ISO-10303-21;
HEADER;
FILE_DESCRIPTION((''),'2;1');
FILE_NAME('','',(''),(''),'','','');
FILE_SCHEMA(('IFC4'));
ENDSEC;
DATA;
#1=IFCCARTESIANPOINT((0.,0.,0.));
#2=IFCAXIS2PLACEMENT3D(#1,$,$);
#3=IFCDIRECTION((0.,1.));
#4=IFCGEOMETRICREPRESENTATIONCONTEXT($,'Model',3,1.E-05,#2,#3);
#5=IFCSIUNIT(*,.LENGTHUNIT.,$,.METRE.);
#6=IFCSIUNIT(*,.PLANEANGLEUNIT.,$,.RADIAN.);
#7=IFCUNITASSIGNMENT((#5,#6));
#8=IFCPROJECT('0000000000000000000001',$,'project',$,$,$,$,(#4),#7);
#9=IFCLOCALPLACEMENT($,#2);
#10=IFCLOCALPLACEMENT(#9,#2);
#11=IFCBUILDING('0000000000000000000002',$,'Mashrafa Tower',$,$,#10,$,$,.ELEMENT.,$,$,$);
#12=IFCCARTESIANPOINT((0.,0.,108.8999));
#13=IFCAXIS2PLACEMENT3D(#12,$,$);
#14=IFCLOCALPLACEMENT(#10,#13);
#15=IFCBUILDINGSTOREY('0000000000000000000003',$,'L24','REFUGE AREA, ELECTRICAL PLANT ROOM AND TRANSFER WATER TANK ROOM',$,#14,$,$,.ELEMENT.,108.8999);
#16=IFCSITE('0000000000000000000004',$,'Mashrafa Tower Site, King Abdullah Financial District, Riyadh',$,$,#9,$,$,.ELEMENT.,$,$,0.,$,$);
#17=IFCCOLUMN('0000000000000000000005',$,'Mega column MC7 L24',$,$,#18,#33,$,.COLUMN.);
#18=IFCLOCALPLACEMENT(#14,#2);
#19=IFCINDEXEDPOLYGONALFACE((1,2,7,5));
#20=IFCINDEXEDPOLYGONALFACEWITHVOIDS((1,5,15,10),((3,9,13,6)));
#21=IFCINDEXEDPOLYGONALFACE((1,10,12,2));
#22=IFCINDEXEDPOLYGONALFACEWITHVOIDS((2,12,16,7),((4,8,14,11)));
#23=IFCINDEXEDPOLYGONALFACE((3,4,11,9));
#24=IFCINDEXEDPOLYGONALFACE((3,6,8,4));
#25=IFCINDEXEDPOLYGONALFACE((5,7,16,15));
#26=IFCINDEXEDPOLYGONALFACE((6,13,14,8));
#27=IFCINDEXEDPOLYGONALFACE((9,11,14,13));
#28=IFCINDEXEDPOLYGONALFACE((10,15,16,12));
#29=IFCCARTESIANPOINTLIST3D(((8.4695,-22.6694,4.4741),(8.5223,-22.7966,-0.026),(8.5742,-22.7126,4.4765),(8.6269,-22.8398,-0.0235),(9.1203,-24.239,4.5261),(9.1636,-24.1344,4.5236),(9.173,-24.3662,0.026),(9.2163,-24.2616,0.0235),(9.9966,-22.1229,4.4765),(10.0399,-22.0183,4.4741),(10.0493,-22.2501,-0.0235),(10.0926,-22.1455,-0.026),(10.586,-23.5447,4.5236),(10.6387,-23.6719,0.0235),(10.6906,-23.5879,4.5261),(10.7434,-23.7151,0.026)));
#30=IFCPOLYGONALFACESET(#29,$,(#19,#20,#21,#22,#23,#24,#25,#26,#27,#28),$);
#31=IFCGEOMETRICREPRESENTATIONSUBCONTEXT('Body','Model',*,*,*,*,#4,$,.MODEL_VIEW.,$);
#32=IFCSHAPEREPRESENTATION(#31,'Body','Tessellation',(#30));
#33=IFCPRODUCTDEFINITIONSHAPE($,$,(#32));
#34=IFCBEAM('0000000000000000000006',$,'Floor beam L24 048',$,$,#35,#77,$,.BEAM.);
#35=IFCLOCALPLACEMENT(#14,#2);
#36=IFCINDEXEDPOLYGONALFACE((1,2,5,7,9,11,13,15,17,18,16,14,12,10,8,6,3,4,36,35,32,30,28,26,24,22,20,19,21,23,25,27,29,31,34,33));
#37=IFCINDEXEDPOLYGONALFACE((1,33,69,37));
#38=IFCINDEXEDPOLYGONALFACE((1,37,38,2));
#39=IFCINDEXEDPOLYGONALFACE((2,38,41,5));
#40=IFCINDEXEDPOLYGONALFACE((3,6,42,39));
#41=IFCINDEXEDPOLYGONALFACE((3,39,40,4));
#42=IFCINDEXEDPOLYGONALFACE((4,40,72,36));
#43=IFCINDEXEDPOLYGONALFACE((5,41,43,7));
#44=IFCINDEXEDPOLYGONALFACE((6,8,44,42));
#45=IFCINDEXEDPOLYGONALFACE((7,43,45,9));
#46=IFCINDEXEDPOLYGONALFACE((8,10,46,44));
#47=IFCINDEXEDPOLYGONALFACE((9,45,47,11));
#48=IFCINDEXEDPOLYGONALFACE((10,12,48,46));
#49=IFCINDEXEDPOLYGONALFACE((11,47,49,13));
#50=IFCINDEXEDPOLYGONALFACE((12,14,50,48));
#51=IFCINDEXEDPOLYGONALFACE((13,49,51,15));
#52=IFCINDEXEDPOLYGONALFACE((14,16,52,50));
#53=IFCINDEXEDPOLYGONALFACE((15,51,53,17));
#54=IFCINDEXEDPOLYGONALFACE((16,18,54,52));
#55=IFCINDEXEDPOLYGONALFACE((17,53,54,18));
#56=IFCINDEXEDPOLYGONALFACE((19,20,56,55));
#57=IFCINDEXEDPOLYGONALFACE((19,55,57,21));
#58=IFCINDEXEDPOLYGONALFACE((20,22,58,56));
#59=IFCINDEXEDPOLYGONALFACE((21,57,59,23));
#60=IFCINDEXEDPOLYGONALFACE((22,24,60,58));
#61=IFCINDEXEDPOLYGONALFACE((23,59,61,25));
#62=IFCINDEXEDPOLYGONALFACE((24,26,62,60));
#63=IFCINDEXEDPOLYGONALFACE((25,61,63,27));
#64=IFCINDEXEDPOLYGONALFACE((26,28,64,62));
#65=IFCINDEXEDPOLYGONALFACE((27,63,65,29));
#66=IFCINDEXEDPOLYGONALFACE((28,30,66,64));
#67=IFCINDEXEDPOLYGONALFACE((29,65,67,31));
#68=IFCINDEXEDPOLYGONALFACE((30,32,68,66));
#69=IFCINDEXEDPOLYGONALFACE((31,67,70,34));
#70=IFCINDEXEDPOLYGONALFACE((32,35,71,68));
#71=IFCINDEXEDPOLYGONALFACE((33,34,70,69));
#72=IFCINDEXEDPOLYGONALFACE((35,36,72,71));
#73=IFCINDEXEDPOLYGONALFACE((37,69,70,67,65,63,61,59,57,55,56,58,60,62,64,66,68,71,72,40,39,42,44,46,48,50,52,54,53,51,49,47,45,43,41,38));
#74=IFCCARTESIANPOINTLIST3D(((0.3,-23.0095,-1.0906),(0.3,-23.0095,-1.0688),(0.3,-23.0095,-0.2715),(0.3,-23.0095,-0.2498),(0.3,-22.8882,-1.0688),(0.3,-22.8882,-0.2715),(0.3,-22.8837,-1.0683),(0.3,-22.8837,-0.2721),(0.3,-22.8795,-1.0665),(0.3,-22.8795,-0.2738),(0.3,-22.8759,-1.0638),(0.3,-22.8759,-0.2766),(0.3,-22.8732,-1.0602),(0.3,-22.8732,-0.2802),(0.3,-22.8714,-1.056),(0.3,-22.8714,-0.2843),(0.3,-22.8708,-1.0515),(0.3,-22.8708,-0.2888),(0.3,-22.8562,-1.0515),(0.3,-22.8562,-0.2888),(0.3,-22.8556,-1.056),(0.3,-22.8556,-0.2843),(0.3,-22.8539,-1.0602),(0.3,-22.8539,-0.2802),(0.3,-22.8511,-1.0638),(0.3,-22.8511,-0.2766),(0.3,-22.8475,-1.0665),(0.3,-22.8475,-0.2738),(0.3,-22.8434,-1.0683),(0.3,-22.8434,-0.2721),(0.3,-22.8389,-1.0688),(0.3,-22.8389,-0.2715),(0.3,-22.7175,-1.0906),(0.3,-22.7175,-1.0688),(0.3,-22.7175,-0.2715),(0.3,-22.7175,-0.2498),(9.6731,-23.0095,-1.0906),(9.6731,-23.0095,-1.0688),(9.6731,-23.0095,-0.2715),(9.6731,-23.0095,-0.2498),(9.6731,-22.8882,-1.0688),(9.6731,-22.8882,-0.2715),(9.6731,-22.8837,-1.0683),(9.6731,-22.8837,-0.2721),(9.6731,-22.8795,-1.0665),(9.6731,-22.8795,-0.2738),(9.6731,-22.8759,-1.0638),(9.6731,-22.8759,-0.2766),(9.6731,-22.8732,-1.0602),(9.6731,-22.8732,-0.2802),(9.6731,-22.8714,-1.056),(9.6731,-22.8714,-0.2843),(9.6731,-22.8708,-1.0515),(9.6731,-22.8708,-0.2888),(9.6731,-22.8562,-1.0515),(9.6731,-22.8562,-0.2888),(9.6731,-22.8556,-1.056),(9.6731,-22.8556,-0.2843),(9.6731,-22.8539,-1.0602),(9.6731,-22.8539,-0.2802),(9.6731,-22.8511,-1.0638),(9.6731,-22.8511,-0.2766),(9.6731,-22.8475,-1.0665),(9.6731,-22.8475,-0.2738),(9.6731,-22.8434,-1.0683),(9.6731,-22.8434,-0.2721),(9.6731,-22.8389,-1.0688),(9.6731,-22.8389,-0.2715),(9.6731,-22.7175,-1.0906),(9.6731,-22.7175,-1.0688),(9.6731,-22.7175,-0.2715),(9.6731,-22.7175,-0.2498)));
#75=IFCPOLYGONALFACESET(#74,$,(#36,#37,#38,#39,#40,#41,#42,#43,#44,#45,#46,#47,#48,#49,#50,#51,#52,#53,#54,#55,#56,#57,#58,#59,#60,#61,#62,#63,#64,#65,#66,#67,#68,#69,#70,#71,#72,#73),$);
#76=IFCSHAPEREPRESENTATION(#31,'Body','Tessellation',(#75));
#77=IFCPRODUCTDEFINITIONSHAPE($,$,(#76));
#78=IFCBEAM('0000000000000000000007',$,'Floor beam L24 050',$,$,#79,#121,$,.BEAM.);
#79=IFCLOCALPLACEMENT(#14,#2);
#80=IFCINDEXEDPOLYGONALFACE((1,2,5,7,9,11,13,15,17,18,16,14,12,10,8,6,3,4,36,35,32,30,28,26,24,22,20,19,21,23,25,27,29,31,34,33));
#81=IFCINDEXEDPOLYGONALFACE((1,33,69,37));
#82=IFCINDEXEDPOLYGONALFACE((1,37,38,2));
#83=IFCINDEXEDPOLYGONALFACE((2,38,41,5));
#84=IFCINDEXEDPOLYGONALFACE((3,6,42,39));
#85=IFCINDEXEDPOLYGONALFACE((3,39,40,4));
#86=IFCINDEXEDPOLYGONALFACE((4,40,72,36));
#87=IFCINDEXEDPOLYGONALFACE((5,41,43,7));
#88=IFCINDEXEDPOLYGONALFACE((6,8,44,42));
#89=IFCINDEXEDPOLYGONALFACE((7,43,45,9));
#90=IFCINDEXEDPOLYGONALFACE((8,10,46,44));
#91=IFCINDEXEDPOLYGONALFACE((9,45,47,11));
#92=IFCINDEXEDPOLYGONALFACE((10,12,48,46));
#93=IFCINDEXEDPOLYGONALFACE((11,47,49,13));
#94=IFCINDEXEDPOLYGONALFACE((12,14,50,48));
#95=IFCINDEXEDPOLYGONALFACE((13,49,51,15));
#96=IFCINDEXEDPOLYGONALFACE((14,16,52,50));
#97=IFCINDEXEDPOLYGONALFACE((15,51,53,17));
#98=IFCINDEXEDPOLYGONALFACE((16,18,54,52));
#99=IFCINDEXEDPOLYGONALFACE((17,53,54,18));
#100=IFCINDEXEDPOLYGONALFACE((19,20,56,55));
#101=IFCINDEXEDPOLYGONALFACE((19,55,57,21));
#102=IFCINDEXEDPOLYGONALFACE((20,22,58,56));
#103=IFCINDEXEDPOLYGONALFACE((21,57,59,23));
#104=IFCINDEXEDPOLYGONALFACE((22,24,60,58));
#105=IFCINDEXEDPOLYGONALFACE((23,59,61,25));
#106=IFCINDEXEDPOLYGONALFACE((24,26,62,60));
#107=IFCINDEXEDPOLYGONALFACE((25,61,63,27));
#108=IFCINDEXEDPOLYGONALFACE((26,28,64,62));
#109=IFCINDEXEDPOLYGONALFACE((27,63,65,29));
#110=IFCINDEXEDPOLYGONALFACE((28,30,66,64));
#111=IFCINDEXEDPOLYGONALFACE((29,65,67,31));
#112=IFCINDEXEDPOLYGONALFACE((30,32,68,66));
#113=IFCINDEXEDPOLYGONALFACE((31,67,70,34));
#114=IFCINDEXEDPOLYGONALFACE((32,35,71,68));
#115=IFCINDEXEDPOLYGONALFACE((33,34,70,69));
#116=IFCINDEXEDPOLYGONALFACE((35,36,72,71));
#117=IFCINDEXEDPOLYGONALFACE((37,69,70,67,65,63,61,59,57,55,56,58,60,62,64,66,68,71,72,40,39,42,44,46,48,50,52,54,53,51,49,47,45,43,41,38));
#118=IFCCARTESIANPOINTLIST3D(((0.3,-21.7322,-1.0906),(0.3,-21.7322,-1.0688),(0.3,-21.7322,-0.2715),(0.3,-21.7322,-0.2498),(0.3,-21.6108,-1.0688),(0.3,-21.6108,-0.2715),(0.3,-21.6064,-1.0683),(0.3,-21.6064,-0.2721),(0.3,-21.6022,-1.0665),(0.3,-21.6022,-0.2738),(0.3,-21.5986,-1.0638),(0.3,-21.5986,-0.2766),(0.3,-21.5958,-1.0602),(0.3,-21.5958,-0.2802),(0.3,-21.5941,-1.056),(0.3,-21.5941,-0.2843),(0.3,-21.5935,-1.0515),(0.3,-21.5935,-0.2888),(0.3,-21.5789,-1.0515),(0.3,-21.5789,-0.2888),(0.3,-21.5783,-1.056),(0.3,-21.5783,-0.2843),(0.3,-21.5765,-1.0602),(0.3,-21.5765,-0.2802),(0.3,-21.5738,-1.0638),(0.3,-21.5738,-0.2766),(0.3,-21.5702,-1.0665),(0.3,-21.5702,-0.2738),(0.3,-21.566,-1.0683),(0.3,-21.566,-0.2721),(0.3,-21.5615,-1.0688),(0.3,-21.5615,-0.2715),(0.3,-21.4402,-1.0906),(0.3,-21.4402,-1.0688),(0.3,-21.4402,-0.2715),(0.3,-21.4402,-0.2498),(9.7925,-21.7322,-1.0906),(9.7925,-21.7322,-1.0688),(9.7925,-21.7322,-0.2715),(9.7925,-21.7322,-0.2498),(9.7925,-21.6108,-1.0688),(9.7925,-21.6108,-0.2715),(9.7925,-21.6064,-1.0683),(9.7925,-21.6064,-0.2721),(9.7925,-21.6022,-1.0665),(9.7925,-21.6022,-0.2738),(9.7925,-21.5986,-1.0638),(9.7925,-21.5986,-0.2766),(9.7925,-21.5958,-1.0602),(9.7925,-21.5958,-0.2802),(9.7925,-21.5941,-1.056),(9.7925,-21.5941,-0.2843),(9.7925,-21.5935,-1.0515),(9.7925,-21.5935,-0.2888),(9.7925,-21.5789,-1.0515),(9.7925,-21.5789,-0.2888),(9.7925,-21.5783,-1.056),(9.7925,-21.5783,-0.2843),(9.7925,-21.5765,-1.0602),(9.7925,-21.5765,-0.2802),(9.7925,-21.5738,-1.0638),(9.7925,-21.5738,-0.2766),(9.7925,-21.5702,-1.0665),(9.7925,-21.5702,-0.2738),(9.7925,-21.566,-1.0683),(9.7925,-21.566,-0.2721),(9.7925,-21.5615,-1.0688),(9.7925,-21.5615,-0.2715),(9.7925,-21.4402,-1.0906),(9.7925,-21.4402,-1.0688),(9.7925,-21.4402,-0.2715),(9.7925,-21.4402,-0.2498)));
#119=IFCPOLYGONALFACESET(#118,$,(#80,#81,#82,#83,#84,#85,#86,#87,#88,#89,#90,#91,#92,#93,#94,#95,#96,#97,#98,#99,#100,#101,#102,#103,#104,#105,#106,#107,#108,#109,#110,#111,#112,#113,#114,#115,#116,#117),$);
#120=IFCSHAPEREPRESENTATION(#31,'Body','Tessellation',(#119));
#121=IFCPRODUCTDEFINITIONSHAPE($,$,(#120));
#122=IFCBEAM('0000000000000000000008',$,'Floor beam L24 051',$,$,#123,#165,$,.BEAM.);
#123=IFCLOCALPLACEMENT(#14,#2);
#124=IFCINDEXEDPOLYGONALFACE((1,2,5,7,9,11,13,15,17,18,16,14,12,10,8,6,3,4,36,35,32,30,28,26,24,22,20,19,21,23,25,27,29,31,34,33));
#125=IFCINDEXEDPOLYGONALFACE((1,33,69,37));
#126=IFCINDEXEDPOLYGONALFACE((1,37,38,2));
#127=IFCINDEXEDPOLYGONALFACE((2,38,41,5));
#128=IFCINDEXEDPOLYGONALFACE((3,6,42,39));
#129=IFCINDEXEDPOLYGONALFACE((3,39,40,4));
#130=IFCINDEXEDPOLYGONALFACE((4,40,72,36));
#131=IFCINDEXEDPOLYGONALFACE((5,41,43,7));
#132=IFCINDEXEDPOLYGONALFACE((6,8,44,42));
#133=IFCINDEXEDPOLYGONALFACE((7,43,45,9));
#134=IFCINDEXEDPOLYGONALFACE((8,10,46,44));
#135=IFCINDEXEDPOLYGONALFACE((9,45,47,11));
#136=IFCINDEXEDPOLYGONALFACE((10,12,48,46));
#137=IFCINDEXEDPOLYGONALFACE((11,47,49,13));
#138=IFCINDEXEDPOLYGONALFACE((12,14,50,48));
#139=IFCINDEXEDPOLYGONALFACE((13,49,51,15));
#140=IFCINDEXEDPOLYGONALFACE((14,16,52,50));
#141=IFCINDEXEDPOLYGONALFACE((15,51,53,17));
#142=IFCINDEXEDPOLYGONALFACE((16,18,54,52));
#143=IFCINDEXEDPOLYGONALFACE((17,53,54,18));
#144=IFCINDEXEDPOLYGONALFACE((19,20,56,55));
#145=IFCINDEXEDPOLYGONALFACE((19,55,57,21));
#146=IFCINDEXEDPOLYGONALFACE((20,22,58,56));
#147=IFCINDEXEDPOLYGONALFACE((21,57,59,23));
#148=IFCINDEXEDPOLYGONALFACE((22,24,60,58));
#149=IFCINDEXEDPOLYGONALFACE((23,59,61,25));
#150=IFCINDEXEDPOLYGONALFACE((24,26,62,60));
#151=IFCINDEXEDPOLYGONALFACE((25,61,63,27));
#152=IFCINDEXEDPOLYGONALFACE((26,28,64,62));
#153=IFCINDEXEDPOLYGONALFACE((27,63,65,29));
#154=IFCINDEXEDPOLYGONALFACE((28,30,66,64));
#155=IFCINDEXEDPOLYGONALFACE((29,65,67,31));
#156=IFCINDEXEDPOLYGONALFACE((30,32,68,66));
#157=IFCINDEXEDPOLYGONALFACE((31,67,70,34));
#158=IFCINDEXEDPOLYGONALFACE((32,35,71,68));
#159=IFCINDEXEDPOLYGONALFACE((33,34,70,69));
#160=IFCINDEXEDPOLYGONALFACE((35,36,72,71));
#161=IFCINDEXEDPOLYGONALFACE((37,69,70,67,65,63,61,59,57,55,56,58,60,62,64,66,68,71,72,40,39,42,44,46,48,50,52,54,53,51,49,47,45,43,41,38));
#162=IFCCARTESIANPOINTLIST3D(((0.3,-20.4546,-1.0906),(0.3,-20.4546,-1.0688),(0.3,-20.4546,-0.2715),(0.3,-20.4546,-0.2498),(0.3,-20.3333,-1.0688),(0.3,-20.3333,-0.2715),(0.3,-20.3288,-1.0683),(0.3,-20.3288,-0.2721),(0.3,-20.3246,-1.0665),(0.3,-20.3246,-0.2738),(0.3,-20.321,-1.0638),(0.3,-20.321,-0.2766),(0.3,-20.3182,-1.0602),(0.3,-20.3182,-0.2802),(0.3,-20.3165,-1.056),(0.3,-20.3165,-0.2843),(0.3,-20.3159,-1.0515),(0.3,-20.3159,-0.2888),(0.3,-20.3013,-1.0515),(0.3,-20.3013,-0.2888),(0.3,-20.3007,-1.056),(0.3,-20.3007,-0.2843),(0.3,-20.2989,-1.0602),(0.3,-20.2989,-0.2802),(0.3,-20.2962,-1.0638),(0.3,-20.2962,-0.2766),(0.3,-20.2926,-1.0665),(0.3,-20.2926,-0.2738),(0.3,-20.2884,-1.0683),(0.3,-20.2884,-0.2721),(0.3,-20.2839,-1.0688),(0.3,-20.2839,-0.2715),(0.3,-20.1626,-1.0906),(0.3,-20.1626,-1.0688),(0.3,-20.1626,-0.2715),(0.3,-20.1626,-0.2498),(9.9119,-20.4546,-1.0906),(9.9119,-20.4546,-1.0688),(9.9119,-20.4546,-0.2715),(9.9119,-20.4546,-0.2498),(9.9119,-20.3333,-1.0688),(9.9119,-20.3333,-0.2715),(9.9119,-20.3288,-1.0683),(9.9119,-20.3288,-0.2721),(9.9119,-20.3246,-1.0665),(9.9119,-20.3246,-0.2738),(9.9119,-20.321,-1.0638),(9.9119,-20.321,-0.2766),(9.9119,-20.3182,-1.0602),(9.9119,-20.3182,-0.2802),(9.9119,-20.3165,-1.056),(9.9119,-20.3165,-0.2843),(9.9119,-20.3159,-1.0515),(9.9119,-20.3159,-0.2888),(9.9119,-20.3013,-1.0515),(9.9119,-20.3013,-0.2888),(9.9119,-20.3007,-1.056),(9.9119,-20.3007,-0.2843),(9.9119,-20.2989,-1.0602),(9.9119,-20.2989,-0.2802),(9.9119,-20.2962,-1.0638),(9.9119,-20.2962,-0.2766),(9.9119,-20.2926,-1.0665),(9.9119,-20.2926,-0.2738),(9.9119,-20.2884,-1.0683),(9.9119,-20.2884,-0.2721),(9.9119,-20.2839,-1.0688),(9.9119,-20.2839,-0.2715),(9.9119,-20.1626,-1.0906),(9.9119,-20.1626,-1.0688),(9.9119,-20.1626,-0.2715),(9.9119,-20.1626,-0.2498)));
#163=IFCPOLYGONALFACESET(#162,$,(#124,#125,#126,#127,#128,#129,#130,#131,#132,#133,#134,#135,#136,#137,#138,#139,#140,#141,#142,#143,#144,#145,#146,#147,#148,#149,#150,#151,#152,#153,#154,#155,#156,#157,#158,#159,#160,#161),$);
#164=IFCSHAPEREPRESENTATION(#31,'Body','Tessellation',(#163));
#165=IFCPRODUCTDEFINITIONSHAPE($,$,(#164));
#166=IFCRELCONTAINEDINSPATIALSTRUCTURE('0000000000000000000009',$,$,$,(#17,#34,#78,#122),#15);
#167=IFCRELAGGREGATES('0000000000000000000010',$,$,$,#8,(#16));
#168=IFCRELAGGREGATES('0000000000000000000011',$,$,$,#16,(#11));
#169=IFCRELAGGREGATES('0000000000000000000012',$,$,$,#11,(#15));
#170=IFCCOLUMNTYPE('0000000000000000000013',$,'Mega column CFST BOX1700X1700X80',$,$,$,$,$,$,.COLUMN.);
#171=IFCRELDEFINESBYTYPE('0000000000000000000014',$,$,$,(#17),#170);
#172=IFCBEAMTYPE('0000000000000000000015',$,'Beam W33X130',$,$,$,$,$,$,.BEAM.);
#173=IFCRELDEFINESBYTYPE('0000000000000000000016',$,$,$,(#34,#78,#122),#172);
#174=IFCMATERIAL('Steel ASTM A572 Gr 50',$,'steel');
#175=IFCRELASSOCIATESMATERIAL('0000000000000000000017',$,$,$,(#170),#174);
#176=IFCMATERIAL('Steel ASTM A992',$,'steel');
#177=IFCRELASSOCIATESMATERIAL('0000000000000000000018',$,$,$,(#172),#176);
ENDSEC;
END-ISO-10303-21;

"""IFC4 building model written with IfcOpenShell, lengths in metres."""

from ifc_helpers import new_model, si_unit, direction, frame, origin, origin_2d, place, context, subcontext, project, spatial, hollow_rectangle, i_section, extrude, material, material_profile, profile_set, type_object, element, save


model = new_model("IFC4")

# Units and contexts
model_context = context("Model", 3, precision=1e-05, world=origin(), true_north=direction((0.0, 1.0)))
body_context = subcontext(model_context, "Body", "Model", "MODEL_VIEW")
ifc_project = project(units=[si_unit("LENGTHUNIT", "METRE"), si_unit("PLANEANGLEUNIT", "RADIAN")], contexts=[model_context])

# Site, building, storey
site_placement = place(None, origin())
site = spatial("IfcSite", under=ifc_project, at=site_placement, Name="Mashrafa Tower Site, King Abdullah Financial District, Riyadh", CompositionType="ELEMENT", RefElevation=0.0)
building_placement = place(site_placement, origin())
building = spatial("IfcBuilding", under=site, at=building_placement, Name="Mashrafa Tower", CompositionType="ELEMENT")
storey_placement = place(building_placement, frame((0.0, 0.0, 108.8999)))
storey = spatial("IfcBuildingStorey", under=building, at=storey_placement, Name="L24", Description="REFUGE AREA, ELECTRICAL PLANT ROOM AND TRANSFER WATER TANK ROOM", CompositionType="ELEMENT", Elevation=108.8999)

# Column
ifc_material_1 = material(Name="Steel ASTM A572 Gr 50", Category="steel")
ifc_material_profile_1 = material_profile(ifc_material_1, hollow_rectangle(XDim=1.7, YDim=1.7, WallThickness=0.0801, at=origin_2d()), Name="BOX1700X1700X80")
ifc_profile_set_1 = profile_set([ifc_material_profile_1], Name="Steel ASTM A572 Gr 50")
column_type = type_object("IfcColumnType", Name="Mega column CFST BOX1700X1700X80", PredefinedType="COLUMN", material=ifc_profile_set_1)
column_placement = place(storey_placement, frame((9.6328, -23.2559, 0.0), z_axis=(-0.011713, 0.028253, 0.999532), x_axis=(-0.923757, -0.382978, 0.0)))
element("IfcColumn", 1, at=column_placement, inside=storey, type_object=column_type, Name="Mega column MC7 L24", PredefinedType="COLUMN", context=body_context, shape_type="SweptSolid", body=[
    extrude(hollow_rectangle(XDim=1.7, YDim=1.7, WallThickness=0.0801, at=origin_2d()), origin(), (0.0, 0.0, 1.0), 4.5022),
])

# Beams
ifc_material_2 = material(Name="Steel ASTM A992", Category="steel")
ifc_material_profile_2 = material_profile(ifc_material_2, i_section(OverallWidth=0.292, OverallDepth=0.8408, WebThickness=0.0146, FlangeThickness=0.0217, FilletRadius=0.0173, at=origin_2d()), Name="W33X130")
ifc_profile_set_2 = profile_set([ifc_material_profile_2], Name="Steel ASTM A992")
beam_type_1 = type_object("IfcBeamType", Name="Beam W33X130", PredefinedType="BEAM", material=ifc_profile_set_2)
beam_1_placement = place(storey_placement, frame((9.6731, -22.8635, -0.6702), z_axis=(-1.0, 0.0, 0.0), x_axis=(0.0, -1.0, 0.0)))
element("IfcBeam", 2, at=beam_1_placement, inside=storey, type_object=beam_type_1, Name="Floor beam L24 048", PredefinedType="BEAM", context=body_context, shape_type="SweptSolid", body=[
    extrude(i_section(OverallWidth=0.292, OverallDepth=0.8408, WebThickness=0.0146, FlangeThickness=0.0217, FilletRadius=0.0173, at=origin_2d()), origin(), (0.0, 0.0, 1.0), 9.373),
])
beam_2_placement = place(storey_placement, frame((9.7925, -21.5862, -0.6702), z_axis=(-1.0, 0.0, 0.0), x_axis=(0.0, -1.0, 0.0)))
element("IfcBeam", 3, at=beam_2_placement, inside=storey, type_object=beam_type_1, Name="Floor beam L24 050", PredefinedType="BEAM", context=body_context, shape_type="SweptSolid", body=[
    extrude(i_section(OverallWidth=0.292, OverallDepth=0.8408, WebThickness=0.0146, FlangeThickness=0.0217, FilletRadius=0.0173, at=origin_2d()), origin(), (0.0, 0.0, 1.0), 9.4924),
])
beam_3_placement = place(storey_placement, frame((9.9119, -20.3086, -0.6702), z_axis=(-1.0, 0.0, 0.0), x_axis=(0.0, -1.0, 0.0)))
element("IfcBeam", 4, at=beam_3_placement, inside=storey, type_object=beam_type_1, Name="Floor beam L24 051", PredefinedType="BEAM", context=body_context, shape_type="SweptSolid", body=[
    extrude(i_section(OverallWidth=0.292, OverallDepth=0.8408, WebThickness=0.0146, FlangeThickness=0.0217, FilletRadius=0.0173, at=origin_2d()), origin(), (0.0, 0.0, 1.0), 9.6118),
])

save(model, "model.ifc")
